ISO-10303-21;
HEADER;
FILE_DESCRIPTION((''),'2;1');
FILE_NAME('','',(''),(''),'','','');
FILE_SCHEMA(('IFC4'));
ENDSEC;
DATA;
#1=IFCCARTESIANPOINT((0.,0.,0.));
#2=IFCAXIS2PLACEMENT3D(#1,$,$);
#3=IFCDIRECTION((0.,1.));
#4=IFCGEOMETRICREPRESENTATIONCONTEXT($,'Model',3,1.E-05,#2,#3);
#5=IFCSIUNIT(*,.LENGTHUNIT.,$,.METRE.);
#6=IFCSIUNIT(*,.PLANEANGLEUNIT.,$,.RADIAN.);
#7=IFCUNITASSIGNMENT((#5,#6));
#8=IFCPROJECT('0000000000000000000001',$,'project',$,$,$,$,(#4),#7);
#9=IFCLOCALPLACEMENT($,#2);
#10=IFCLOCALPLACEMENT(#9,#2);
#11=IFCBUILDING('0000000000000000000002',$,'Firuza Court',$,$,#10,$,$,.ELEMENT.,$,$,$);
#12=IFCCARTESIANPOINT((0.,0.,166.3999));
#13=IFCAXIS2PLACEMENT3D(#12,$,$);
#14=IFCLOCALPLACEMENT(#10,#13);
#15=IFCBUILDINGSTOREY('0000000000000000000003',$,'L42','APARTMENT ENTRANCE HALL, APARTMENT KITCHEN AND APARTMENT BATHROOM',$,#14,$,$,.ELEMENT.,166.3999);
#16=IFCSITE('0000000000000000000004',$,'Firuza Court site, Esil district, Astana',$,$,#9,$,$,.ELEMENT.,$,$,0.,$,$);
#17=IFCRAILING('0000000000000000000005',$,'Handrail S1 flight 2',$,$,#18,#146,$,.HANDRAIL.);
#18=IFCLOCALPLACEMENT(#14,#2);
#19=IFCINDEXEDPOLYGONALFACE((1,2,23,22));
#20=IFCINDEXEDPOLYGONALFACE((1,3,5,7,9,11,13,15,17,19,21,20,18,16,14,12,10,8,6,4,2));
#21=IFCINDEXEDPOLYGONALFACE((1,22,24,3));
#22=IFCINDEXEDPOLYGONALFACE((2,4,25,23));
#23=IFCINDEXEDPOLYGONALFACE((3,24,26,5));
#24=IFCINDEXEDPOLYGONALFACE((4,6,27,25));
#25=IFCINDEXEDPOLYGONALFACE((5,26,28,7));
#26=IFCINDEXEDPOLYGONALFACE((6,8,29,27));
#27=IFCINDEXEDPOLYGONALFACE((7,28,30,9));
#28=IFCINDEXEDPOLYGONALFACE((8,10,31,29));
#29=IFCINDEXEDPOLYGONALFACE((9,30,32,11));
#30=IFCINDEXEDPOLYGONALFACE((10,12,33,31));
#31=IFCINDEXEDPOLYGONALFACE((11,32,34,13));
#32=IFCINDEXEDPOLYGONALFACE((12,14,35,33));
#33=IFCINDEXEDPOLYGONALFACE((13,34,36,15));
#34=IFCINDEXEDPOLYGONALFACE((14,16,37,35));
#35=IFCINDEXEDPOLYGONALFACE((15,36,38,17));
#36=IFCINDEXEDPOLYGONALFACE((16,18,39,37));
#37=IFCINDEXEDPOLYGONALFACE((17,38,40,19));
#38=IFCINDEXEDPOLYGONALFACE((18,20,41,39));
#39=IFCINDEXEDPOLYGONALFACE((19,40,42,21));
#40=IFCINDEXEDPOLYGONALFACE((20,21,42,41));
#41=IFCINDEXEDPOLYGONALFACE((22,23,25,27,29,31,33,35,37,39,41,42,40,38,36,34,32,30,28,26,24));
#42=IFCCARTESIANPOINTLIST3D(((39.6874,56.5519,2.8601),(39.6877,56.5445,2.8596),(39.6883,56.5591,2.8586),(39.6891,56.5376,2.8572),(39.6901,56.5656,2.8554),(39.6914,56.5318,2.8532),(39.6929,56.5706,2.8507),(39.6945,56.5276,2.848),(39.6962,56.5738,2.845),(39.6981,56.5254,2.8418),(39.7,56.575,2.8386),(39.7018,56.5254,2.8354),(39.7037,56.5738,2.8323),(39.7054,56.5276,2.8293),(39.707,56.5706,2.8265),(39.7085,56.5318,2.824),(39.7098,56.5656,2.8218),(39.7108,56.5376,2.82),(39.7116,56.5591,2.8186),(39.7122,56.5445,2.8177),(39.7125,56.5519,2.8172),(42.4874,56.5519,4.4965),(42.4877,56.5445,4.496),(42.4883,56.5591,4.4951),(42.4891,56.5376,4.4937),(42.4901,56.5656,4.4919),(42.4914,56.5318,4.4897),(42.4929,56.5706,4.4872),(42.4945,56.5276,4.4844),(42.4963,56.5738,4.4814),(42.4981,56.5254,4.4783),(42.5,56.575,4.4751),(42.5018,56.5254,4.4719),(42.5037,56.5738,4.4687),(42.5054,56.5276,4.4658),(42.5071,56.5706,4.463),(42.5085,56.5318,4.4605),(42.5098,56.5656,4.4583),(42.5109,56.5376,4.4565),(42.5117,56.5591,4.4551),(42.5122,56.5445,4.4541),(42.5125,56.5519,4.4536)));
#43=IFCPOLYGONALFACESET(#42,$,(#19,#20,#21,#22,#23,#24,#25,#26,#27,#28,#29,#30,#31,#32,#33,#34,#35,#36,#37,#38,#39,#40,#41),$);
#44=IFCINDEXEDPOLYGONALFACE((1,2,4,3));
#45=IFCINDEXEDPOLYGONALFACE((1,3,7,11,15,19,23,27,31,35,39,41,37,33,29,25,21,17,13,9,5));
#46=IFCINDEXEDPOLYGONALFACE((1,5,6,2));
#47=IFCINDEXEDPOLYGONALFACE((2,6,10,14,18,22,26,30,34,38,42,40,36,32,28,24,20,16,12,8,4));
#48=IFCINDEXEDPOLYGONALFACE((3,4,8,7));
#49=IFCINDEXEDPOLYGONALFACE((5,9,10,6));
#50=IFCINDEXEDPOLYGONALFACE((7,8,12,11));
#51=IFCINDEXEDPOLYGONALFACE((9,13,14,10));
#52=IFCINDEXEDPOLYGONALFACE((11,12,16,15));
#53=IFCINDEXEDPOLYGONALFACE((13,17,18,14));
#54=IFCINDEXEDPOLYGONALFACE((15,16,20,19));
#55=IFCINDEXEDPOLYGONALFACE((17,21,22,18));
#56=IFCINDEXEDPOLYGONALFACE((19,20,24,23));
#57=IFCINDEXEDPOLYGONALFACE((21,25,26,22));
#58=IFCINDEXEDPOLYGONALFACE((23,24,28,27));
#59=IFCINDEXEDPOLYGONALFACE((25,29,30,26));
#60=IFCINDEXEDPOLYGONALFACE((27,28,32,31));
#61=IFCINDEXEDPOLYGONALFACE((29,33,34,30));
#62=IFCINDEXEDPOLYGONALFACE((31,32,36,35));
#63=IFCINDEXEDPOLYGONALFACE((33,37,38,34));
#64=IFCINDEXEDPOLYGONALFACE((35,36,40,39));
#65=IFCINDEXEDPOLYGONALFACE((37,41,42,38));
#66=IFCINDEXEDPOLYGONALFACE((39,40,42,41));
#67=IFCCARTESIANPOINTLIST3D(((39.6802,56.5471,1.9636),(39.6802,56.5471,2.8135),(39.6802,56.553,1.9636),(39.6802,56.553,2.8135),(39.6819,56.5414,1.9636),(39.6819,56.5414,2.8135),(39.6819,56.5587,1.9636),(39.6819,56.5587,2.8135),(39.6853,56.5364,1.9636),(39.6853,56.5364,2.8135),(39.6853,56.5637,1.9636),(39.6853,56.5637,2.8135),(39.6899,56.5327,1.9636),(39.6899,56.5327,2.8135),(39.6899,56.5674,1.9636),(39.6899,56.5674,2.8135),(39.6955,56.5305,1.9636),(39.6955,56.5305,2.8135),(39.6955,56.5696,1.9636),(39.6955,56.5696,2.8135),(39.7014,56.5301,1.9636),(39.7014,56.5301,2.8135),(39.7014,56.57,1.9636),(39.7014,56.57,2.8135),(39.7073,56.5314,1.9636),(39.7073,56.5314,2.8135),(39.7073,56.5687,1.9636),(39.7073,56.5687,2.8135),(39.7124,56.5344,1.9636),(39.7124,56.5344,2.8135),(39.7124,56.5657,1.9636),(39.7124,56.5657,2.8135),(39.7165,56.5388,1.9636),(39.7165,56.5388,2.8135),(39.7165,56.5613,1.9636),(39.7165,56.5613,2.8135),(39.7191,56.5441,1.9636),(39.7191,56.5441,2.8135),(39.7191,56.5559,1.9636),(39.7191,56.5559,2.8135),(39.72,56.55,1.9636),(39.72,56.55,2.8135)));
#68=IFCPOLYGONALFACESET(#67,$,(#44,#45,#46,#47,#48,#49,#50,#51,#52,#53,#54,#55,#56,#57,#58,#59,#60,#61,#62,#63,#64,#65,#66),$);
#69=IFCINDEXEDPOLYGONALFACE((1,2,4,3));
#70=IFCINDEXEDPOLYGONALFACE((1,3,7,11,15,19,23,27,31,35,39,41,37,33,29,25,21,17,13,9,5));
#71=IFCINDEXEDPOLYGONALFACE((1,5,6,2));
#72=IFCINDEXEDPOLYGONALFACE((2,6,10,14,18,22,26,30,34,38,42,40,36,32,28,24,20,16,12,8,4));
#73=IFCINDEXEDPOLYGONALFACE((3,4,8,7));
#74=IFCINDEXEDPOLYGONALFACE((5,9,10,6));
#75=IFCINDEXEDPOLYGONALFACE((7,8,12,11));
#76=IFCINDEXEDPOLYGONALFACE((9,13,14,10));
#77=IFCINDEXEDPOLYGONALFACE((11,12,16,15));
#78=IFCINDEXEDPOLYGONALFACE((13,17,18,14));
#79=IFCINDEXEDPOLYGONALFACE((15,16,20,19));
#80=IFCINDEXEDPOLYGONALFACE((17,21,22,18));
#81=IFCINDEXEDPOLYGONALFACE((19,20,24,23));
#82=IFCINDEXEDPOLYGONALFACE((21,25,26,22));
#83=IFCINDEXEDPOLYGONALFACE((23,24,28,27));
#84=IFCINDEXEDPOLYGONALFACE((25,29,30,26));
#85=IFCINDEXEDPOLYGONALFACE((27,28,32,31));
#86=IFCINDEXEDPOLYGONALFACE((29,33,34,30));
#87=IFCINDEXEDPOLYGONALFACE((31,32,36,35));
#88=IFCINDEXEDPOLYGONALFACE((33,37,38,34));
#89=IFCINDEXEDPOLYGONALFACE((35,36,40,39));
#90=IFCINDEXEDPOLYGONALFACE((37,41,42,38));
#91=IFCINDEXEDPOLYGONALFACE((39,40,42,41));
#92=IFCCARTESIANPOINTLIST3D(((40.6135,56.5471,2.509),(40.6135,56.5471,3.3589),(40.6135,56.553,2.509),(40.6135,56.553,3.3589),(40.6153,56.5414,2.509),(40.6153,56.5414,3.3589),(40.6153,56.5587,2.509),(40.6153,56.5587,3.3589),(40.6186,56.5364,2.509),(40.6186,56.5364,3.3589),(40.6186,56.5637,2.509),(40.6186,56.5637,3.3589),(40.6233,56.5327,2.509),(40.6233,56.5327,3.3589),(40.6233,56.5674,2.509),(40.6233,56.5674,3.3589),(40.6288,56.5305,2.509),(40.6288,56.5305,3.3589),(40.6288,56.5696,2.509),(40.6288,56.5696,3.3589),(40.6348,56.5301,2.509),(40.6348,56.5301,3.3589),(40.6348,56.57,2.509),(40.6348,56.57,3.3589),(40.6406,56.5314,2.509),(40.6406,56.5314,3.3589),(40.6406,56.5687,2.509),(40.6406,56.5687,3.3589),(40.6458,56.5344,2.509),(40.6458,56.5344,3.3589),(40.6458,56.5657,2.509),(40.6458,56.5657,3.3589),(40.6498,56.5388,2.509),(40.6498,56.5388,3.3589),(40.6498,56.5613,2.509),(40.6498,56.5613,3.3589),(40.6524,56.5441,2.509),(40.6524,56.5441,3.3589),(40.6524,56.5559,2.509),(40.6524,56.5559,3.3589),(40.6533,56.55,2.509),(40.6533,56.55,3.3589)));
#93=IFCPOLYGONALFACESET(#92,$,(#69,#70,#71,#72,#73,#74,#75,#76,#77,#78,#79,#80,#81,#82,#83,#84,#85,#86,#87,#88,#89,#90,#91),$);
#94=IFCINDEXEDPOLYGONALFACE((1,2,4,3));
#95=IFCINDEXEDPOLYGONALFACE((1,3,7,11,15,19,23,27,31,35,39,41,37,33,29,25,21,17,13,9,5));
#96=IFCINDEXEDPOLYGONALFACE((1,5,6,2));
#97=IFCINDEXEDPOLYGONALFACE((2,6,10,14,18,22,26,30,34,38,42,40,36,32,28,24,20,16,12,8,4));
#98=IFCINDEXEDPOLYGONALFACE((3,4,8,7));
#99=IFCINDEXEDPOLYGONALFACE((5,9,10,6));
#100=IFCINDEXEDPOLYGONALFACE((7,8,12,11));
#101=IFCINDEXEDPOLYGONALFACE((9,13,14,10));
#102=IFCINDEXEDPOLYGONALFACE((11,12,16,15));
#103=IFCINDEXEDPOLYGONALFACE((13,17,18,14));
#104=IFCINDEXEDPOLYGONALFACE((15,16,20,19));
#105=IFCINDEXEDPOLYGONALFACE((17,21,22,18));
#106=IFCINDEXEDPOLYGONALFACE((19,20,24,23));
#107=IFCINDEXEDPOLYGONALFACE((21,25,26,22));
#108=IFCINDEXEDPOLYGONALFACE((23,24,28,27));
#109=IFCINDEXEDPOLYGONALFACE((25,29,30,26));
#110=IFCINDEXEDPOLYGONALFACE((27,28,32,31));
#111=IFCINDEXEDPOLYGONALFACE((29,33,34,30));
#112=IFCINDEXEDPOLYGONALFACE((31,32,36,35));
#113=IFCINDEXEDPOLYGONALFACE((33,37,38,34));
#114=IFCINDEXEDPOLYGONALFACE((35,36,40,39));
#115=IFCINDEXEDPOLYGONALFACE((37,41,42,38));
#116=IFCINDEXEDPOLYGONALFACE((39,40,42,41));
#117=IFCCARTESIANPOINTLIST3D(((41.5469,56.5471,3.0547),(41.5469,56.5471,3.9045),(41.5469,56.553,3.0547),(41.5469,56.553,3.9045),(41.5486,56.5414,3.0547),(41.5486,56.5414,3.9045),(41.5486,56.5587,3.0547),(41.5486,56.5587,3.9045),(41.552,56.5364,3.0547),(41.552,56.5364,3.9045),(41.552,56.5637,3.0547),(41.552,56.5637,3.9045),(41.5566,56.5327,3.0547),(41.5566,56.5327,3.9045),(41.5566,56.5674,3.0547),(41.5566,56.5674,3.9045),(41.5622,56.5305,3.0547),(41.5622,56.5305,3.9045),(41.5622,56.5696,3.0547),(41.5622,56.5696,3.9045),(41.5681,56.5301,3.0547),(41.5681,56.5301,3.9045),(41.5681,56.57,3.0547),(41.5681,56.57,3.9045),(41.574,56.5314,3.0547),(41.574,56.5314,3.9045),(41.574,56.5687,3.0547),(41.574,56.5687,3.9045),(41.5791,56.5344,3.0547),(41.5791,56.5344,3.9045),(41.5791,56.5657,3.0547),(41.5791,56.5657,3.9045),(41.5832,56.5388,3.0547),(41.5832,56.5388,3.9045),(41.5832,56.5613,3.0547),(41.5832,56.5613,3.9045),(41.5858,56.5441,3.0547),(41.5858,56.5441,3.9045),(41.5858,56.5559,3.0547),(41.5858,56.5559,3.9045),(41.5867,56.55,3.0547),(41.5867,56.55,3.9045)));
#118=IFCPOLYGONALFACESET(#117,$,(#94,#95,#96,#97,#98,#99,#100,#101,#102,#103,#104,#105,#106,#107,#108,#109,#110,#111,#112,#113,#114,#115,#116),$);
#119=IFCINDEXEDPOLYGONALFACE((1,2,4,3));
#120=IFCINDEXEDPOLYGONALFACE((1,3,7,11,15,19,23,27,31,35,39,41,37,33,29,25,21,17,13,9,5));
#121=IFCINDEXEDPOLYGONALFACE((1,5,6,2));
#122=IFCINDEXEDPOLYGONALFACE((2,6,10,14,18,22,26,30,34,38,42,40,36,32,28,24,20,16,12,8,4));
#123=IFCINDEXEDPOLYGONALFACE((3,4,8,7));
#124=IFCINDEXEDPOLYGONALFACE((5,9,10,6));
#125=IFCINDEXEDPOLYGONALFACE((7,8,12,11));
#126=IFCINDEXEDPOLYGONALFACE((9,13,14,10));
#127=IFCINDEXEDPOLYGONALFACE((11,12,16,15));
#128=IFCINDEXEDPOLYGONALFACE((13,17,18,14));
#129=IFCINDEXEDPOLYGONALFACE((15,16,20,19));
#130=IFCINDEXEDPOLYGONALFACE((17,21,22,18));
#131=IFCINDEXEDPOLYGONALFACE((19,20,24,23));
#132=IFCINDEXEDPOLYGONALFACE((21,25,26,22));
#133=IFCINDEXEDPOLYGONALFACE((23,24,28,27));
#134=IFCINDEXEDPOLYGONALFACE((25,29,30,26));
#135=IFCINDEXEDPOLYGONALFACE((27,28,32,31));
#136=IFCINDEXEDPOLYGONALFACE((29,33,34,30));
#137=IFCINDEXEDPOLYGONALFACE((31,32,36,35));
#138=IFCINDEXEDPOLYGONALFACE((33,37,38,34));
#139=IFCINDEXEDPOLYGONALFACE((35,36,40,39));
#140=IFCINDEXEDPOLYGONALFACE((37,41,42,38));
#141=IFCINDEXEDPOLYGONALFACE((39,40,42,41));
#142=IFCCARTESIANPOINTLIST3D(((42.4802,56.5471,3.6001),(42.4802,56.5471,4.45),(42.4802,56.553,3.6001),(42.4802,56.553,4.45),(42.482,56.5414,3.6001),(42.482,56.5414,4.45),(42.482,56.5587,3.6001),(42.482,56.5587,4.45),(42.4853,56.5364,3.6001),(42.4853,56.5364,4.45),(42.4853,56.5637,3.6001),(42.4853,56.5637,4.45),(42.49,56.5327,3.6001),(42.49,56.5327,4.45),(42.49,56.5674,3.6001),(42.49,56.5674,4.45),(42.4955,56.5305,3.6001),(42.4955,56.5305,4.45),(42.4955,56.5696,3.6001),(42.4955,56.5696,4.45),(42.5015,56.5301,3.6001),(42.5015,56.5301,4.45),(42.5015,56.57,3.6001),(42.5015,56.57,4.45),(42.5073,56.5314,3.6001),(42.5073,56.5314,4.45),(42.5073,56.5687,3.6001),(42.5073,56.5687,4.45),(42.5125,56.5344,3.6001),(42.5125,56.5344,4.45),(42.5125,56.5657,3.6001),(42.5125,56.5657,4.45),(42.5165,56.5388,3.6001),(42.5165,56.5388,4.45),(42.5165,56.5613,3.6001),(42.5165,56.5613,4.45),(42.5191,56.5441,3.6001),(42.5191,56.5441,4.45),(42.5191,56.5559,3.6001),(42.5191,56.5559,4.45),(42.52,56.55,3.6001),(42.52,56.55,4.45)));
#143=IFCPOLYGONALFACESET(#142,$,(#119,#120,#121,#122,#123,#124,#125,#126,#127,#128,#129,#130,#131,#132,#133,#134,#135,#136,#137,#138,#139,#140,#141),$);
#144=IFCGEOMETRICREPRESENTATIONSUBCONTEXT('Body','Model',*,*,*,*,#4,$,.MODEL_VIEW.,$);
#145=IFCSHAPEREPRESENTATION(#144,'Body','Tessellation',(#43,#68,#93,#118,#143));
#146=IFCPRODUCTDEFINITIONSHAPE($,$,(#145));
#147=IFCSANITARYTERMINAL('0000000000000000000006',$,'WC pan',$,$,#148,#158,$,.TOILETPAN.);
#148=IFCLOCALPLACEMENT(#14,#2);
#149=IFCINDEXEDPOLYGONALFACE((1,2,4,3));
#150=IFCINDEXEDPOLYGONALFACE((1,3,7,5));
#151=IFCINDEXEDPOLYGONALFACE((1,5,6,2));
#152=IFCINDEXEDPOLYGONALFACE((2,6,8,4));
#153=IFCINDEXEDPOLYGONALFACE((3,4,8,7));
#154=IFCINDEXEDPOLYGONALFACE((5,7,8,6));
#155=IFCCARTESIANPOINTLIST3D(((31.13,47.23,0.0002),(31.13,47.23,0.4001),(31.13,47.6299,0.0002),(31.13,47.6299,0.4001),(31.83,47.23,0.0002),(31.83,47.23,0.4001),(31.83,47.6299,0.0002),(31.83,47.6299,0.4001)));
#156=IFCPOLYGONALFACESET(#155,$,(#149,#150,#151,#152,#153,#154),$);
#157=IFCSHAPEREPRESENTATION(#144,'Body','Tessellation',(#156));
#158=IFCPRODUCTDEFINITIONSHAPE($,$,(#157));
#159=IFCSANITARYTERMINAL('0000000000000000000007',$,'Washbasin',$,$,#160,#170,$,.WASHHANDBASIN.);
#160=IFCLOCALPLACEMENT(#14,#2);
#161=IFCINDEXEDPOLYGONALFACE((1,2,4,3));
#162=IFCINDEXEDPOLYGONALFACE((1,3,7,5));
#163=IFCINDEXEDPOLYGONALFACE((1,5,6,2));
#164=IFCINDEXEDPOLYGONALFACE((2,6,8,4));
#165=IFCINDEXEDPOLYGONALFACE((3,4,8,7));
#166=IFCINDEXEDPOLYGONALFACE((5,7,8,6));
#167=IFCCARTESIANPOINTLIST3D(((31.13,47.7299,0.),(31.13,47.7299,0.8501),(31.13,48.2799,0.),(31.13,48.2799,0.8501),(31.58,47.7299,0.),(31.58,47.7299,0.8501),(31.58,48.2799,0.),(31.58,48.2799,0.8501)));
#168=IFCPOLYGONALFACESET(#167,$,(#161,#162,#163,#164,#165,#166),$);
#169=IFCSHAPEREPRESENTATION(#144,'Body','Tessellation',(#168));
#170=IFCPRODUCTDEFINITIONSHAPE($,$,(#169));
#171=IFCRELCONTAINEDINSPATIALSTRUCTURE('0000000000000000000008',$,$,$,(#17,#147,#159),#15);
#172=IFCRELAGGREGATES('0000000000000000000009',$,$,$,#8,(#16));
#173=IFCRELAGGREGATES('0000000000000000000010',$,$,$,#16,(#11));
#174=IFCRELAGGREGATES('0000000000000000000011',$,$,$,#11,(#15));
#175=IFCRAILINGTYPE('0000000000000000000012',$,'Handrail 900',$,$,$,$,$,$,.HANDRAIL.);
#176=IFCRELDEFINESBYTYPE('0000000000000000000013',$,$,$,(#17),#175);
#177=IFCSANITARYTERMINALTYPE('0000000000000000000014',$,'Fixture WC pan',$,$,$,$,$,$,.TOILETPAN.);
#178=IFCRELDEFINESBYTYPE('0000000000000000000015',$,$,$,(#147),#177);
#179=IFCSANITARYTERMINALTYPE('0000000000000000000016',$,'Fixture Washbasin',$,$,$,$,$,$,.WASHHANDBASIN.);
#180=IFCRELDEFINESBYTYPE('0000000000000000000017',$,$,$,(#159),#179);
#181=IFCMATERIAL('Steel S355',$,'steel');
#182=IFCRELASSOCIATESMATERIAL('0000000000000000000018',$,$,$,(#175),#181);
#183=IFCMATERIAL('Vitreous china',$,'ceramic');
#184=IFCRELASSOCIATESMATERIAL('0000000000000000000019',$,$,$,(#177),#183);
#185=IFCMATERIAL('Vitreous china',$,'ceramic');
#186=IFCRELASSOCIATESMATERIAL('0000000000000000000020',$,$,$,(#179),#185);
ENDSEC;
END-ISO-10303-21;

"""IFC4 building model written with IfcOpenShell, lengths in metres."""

from ifc_helpers import new_model, si_unit, direction, frame, origin, origin_2d, place, context, subcontext, project, spatial, rectangle, circle, extrude, material, type_object, element, save


model = new_model("IFC4")

# Units and contexts
model_context = context("Model", 3, precision=1e-05, world=origin(), true_north=direction((0.0, 1.0)))
body_context = subcontext(model_context, "Body", "Model", "MODEL_VIEW")
ifc_project = project(units=[si_unit("LENGTHUNIT", "METRE"), si_unit("PLANEANGLEUNIT", "RADIAN")], contexts=[model_context])

# Site, building, storey
site_placement = place(None, origin())
site = spatial("IfcSite", under=ifc_project, at=site_placement, Name="Firuza Court site, Esil district, Astana", CompositionType="ELEMENT", RefElevation=0.0)
building_placement = place(site_placement, origin())
building = spatial("IfcBuilding", under=site, at=building_placement, Name="Firuza Court", CompositionType="ELEMENT")
storey_placement = place(building_placement, frame((0.0, 0.0, 166.3999)))
storey = spatial("IfcBuildingStorey", under=building, at=storey_placement, Name="L42", Description="APARTMENT ENTRANCE HALL, APARTMENT KITCHEN AND APARTMENT BATHROOM", CompositionType="ELEMENT", Elevation=166.3999)

# Railing
ifc_material_1 = material(Name="Steel S355", Category="steel")
railing_type = type_object("IfcRailingType", Name="Handrail 900", PredefinedType="HANDRAIL", material=ifc_material_1)
railing_placement = place(storey_placement, frame((39.7, 56.55, 1.9636)))
element("IfcRailing", 1, at=railing_placement, inside=storey, type_object=railing_type, Name="Handrail S1 flight 2", PredefinedType="HANDRAIL", context=body_context, shape_type="SweptSolid", body=[
    extrude(circle(Radius=0.0249, at=origin_2d()), frame((0.0, 0.0, 0.875), z_axis=(0.863361, 0.0, 0.504587), x_axis=(0.0, 1.0, 0.0)), (0.0, 0.0, 1.0), 3.2432),
    extrude(circle(Radius=0.02, at=origin_2d()), origin(), (0.0, 0.0, 1.0), 0.8499),
    extrude(circle(Radius=0.02, at=origin_2d()), frame((0.9333, 0.0, 0.5454)), (0.0, 0.0, 1.0), 0.8499),
    extrude(circle(Radius=0.02, at=origin_2d()), frame((1.8667, 0.0, 1.0911)), (0.0, 0.0, 1.0), 0.8499),
    extrude(circle(Radius=0.02, at=origin_2d()), frame((2.8, 0.0, 1.6365)), (0.0, 0.0, 1.0), 0.8499),
])

# Sanitary terminals
ifc_material_2 = material(Name="Vitreous china", Category="ceramic")
sanitary_terminal_type_1 = type_object("IfcSanitaryTerminalType", Name="Fixture WC pan", PredefinedType="TOILETPAN", material=ifc_material_2)
sanitary_terminal_1_placement = place(storey_placement, frame((31.48, 47.4299, 0.0002), z_axis=(0.0, 0.0, 1.0), x_axis=(1.0, 0.0, 0.0)))
element("IfcSanitaryTerminal", 2, at=sanitary_terminal_1_placement, inside=storey, type_object=sanitary_terminal_type_1, Name="WC pan", PredefinedType="TOILETPAN", context=body_context, shape_type="SweptSolid", body=[
    extrude(rectangle(XDim=0.7, YDim=0.3999, at=origin_2d()), origin(), (0.0, 0.0, 1.0), 0.3999),
])
ifc_material_3 = material(Name="Vitreous china", Category="ceramic")
sanitary_terminal_type_2 = type_object("IfcSanitaryTerminalType", Name="Fixture Washbasin", PredefinedType="WASHHANDBASIN", material=ifc_material_3)
sanitary_terminal_2_placement = place(storey_placement, frame((31.355, 48.0049, 0.0), z_axis=(0.0, 0.0, 1.0), x_axis=(1.0, 0.0, 0.0)))
element("IfcSanitaryTerminal", 3, at=sanitary_terminal_2_placement, inside=storey, type_object=sanitary_terminal_type_2, Name="Washbasin", PredefinedType="WASHHANDBASIN", context=body_context, shape_type="SweptSolid", body=[
    extrude(rectangle(XDim=0.45, YDim=0.55, at=origin_2d()), origin(), (0.0, 0.0, 1.0), 0.8501),
])

save(model, "model.ifc")
